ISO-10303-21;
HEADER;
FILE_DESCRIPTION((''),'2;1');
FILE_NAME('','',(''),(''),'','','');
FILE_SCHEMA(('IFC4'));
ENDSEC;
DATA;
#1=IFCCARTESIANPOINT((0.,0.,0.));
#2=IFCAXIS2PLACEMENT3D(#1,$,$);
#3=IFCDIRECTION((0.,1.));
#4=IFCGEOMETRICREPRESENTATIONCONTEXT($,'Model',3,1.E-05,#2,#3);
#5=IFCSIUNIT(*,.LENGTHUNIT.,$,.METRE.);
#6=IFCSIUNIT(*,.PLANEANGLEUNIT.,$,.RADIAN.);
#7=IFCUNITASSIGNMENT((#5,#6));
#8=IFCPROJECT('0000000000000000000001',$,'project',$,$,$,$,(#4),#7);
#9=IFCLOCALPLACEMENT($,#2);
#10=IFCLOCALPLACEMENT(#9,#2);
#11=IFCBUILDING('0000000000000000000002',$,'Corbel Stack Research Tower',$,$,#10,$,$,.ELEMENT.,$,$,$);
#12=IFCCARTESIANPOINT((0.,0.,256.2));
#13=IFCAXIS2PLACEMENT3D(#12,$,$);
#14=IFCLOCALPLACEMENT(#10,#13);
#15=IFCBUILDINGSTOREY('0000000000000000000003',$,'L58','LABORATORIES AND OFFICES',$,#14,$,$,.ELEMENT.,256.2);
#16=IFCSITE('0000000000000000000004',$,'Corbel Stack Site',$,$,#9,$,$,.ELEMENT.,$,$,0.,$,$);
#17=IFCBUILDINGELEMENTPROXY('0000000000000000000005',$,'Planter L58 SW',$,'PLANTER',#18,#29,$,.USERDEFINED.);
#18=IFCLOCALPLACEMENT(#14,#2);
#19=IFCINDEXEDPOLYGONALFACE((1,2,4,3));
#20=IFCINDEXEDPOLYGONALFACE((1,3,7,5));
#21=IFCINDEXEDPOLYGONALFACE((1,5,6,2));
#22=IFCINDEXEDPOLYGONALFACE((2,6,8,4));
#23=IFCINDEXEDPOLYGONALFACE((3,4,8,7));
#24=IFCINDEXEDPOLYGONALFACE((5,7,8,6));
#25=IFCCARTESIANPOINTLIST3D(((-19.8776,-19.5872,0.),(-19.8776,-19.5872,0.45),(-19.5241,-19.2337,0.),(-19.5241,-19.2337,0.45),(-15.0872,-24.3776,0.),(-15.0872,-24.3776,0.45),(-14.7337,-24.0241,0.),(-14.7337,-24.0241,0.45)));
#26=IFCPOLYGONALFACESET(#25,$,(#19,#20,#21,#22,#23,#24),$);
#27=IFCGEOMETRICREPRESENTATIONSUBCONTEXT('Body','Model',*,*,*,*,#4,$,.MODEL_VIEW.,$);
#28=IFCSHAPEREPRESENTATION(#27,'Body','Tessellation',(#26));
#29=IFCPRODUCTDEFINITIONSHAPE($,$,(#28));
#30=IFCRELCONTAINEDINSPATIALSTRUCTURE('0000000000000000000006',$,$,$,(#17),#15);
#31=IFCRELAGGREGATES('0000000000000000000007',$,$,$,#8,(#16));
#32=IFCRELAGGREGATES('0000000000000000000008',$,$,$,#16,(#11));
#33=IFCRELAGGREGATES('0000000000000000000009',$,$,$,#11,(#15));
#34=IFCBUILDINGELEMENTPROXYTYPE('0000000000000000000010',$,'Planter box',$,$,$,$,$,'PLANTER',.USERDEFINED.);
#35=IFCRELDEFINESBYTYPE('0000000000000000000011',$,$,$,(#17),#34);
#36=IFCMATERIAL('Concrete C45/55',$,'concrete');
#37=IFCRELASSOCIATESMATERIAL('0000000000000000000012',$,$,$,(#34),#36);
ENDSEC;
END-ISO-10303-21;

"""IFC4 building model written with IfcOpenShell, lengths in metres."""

from ifc_helpers import new_model, si_unit, direction, frame, origin, origin_2d, place, context, subcontext, project, spatial, rectangle, extrude, material, type_object, element, save


model = new_model("IFC4")

# Units and contexts
model_context = context("Model", 3, precision=1e-05, world=origin(), true_north=direction((0.0, 1.0)))
body_context = subcontext(model_context, "Body", "Model", "MODEL_VIEW")
ifc_project = project(units=[si_unit("LENGTHUNIT", "METRE"), si_unit("PLANEANGLEUNIT", "RADIAN")], contexts=[model_context])

# Site, building, storey
site_placement = place(None, origin())
site = spatial("IfcSite", under=ifc_project, at=site_placement, Name="Corbel Stack Site", CompositionType="ELEMENT", RefElevation=0.0)
building_placement = place(site_placement, origin())
building = spatial("IfcBuilding", under=site, at=building_placement, Name="Corbel Stack Research Tower", CompositionType="ELEMENT")
storey_placement = place(building_placement, frame((0.0, 0.0, 256.2)))
storey = spatial("IfcBuildingStorey", under=building, at=storey_placement, Name="L58", Description="LABORATORIES AND OFFICES", CompositionType="ELEMENT", Elevation=256.2)

# Building element proxy
ifc_material_1 = material(Name="Concrete C45/55", Category="concrete")
building_element_proxy_type = type_object("IfcBuildingElementProxyType", Name="Planter box", ElementType="PLANTER", PredefinedType="USERDEFINED", material=ifc_material_1)
proxy_placement = place(storey_placement, frame((-17.3057, -21.8057, 0.0), z_axis=(0.0, 0.0, 1.0), x_axis=(0.707107, -0.707107, 0.0)))
element("IfcBuildingElementProxy", 1, at=proxy_placement, inside=storey, type_object=building_element_proxy_type, Name="Planter L58 SW", ObjectType="PLANTER", PredefinedType="USERDEFINED", context=body_context, shape_type="SweptSolid", body=[
    extrude(rectangle(XDim=6.7747, YDim=0.5, at=origin_2d()), origin(), (0.0, 0.0, 1.0), 0.45),
])

save(model, "model.ifc")
